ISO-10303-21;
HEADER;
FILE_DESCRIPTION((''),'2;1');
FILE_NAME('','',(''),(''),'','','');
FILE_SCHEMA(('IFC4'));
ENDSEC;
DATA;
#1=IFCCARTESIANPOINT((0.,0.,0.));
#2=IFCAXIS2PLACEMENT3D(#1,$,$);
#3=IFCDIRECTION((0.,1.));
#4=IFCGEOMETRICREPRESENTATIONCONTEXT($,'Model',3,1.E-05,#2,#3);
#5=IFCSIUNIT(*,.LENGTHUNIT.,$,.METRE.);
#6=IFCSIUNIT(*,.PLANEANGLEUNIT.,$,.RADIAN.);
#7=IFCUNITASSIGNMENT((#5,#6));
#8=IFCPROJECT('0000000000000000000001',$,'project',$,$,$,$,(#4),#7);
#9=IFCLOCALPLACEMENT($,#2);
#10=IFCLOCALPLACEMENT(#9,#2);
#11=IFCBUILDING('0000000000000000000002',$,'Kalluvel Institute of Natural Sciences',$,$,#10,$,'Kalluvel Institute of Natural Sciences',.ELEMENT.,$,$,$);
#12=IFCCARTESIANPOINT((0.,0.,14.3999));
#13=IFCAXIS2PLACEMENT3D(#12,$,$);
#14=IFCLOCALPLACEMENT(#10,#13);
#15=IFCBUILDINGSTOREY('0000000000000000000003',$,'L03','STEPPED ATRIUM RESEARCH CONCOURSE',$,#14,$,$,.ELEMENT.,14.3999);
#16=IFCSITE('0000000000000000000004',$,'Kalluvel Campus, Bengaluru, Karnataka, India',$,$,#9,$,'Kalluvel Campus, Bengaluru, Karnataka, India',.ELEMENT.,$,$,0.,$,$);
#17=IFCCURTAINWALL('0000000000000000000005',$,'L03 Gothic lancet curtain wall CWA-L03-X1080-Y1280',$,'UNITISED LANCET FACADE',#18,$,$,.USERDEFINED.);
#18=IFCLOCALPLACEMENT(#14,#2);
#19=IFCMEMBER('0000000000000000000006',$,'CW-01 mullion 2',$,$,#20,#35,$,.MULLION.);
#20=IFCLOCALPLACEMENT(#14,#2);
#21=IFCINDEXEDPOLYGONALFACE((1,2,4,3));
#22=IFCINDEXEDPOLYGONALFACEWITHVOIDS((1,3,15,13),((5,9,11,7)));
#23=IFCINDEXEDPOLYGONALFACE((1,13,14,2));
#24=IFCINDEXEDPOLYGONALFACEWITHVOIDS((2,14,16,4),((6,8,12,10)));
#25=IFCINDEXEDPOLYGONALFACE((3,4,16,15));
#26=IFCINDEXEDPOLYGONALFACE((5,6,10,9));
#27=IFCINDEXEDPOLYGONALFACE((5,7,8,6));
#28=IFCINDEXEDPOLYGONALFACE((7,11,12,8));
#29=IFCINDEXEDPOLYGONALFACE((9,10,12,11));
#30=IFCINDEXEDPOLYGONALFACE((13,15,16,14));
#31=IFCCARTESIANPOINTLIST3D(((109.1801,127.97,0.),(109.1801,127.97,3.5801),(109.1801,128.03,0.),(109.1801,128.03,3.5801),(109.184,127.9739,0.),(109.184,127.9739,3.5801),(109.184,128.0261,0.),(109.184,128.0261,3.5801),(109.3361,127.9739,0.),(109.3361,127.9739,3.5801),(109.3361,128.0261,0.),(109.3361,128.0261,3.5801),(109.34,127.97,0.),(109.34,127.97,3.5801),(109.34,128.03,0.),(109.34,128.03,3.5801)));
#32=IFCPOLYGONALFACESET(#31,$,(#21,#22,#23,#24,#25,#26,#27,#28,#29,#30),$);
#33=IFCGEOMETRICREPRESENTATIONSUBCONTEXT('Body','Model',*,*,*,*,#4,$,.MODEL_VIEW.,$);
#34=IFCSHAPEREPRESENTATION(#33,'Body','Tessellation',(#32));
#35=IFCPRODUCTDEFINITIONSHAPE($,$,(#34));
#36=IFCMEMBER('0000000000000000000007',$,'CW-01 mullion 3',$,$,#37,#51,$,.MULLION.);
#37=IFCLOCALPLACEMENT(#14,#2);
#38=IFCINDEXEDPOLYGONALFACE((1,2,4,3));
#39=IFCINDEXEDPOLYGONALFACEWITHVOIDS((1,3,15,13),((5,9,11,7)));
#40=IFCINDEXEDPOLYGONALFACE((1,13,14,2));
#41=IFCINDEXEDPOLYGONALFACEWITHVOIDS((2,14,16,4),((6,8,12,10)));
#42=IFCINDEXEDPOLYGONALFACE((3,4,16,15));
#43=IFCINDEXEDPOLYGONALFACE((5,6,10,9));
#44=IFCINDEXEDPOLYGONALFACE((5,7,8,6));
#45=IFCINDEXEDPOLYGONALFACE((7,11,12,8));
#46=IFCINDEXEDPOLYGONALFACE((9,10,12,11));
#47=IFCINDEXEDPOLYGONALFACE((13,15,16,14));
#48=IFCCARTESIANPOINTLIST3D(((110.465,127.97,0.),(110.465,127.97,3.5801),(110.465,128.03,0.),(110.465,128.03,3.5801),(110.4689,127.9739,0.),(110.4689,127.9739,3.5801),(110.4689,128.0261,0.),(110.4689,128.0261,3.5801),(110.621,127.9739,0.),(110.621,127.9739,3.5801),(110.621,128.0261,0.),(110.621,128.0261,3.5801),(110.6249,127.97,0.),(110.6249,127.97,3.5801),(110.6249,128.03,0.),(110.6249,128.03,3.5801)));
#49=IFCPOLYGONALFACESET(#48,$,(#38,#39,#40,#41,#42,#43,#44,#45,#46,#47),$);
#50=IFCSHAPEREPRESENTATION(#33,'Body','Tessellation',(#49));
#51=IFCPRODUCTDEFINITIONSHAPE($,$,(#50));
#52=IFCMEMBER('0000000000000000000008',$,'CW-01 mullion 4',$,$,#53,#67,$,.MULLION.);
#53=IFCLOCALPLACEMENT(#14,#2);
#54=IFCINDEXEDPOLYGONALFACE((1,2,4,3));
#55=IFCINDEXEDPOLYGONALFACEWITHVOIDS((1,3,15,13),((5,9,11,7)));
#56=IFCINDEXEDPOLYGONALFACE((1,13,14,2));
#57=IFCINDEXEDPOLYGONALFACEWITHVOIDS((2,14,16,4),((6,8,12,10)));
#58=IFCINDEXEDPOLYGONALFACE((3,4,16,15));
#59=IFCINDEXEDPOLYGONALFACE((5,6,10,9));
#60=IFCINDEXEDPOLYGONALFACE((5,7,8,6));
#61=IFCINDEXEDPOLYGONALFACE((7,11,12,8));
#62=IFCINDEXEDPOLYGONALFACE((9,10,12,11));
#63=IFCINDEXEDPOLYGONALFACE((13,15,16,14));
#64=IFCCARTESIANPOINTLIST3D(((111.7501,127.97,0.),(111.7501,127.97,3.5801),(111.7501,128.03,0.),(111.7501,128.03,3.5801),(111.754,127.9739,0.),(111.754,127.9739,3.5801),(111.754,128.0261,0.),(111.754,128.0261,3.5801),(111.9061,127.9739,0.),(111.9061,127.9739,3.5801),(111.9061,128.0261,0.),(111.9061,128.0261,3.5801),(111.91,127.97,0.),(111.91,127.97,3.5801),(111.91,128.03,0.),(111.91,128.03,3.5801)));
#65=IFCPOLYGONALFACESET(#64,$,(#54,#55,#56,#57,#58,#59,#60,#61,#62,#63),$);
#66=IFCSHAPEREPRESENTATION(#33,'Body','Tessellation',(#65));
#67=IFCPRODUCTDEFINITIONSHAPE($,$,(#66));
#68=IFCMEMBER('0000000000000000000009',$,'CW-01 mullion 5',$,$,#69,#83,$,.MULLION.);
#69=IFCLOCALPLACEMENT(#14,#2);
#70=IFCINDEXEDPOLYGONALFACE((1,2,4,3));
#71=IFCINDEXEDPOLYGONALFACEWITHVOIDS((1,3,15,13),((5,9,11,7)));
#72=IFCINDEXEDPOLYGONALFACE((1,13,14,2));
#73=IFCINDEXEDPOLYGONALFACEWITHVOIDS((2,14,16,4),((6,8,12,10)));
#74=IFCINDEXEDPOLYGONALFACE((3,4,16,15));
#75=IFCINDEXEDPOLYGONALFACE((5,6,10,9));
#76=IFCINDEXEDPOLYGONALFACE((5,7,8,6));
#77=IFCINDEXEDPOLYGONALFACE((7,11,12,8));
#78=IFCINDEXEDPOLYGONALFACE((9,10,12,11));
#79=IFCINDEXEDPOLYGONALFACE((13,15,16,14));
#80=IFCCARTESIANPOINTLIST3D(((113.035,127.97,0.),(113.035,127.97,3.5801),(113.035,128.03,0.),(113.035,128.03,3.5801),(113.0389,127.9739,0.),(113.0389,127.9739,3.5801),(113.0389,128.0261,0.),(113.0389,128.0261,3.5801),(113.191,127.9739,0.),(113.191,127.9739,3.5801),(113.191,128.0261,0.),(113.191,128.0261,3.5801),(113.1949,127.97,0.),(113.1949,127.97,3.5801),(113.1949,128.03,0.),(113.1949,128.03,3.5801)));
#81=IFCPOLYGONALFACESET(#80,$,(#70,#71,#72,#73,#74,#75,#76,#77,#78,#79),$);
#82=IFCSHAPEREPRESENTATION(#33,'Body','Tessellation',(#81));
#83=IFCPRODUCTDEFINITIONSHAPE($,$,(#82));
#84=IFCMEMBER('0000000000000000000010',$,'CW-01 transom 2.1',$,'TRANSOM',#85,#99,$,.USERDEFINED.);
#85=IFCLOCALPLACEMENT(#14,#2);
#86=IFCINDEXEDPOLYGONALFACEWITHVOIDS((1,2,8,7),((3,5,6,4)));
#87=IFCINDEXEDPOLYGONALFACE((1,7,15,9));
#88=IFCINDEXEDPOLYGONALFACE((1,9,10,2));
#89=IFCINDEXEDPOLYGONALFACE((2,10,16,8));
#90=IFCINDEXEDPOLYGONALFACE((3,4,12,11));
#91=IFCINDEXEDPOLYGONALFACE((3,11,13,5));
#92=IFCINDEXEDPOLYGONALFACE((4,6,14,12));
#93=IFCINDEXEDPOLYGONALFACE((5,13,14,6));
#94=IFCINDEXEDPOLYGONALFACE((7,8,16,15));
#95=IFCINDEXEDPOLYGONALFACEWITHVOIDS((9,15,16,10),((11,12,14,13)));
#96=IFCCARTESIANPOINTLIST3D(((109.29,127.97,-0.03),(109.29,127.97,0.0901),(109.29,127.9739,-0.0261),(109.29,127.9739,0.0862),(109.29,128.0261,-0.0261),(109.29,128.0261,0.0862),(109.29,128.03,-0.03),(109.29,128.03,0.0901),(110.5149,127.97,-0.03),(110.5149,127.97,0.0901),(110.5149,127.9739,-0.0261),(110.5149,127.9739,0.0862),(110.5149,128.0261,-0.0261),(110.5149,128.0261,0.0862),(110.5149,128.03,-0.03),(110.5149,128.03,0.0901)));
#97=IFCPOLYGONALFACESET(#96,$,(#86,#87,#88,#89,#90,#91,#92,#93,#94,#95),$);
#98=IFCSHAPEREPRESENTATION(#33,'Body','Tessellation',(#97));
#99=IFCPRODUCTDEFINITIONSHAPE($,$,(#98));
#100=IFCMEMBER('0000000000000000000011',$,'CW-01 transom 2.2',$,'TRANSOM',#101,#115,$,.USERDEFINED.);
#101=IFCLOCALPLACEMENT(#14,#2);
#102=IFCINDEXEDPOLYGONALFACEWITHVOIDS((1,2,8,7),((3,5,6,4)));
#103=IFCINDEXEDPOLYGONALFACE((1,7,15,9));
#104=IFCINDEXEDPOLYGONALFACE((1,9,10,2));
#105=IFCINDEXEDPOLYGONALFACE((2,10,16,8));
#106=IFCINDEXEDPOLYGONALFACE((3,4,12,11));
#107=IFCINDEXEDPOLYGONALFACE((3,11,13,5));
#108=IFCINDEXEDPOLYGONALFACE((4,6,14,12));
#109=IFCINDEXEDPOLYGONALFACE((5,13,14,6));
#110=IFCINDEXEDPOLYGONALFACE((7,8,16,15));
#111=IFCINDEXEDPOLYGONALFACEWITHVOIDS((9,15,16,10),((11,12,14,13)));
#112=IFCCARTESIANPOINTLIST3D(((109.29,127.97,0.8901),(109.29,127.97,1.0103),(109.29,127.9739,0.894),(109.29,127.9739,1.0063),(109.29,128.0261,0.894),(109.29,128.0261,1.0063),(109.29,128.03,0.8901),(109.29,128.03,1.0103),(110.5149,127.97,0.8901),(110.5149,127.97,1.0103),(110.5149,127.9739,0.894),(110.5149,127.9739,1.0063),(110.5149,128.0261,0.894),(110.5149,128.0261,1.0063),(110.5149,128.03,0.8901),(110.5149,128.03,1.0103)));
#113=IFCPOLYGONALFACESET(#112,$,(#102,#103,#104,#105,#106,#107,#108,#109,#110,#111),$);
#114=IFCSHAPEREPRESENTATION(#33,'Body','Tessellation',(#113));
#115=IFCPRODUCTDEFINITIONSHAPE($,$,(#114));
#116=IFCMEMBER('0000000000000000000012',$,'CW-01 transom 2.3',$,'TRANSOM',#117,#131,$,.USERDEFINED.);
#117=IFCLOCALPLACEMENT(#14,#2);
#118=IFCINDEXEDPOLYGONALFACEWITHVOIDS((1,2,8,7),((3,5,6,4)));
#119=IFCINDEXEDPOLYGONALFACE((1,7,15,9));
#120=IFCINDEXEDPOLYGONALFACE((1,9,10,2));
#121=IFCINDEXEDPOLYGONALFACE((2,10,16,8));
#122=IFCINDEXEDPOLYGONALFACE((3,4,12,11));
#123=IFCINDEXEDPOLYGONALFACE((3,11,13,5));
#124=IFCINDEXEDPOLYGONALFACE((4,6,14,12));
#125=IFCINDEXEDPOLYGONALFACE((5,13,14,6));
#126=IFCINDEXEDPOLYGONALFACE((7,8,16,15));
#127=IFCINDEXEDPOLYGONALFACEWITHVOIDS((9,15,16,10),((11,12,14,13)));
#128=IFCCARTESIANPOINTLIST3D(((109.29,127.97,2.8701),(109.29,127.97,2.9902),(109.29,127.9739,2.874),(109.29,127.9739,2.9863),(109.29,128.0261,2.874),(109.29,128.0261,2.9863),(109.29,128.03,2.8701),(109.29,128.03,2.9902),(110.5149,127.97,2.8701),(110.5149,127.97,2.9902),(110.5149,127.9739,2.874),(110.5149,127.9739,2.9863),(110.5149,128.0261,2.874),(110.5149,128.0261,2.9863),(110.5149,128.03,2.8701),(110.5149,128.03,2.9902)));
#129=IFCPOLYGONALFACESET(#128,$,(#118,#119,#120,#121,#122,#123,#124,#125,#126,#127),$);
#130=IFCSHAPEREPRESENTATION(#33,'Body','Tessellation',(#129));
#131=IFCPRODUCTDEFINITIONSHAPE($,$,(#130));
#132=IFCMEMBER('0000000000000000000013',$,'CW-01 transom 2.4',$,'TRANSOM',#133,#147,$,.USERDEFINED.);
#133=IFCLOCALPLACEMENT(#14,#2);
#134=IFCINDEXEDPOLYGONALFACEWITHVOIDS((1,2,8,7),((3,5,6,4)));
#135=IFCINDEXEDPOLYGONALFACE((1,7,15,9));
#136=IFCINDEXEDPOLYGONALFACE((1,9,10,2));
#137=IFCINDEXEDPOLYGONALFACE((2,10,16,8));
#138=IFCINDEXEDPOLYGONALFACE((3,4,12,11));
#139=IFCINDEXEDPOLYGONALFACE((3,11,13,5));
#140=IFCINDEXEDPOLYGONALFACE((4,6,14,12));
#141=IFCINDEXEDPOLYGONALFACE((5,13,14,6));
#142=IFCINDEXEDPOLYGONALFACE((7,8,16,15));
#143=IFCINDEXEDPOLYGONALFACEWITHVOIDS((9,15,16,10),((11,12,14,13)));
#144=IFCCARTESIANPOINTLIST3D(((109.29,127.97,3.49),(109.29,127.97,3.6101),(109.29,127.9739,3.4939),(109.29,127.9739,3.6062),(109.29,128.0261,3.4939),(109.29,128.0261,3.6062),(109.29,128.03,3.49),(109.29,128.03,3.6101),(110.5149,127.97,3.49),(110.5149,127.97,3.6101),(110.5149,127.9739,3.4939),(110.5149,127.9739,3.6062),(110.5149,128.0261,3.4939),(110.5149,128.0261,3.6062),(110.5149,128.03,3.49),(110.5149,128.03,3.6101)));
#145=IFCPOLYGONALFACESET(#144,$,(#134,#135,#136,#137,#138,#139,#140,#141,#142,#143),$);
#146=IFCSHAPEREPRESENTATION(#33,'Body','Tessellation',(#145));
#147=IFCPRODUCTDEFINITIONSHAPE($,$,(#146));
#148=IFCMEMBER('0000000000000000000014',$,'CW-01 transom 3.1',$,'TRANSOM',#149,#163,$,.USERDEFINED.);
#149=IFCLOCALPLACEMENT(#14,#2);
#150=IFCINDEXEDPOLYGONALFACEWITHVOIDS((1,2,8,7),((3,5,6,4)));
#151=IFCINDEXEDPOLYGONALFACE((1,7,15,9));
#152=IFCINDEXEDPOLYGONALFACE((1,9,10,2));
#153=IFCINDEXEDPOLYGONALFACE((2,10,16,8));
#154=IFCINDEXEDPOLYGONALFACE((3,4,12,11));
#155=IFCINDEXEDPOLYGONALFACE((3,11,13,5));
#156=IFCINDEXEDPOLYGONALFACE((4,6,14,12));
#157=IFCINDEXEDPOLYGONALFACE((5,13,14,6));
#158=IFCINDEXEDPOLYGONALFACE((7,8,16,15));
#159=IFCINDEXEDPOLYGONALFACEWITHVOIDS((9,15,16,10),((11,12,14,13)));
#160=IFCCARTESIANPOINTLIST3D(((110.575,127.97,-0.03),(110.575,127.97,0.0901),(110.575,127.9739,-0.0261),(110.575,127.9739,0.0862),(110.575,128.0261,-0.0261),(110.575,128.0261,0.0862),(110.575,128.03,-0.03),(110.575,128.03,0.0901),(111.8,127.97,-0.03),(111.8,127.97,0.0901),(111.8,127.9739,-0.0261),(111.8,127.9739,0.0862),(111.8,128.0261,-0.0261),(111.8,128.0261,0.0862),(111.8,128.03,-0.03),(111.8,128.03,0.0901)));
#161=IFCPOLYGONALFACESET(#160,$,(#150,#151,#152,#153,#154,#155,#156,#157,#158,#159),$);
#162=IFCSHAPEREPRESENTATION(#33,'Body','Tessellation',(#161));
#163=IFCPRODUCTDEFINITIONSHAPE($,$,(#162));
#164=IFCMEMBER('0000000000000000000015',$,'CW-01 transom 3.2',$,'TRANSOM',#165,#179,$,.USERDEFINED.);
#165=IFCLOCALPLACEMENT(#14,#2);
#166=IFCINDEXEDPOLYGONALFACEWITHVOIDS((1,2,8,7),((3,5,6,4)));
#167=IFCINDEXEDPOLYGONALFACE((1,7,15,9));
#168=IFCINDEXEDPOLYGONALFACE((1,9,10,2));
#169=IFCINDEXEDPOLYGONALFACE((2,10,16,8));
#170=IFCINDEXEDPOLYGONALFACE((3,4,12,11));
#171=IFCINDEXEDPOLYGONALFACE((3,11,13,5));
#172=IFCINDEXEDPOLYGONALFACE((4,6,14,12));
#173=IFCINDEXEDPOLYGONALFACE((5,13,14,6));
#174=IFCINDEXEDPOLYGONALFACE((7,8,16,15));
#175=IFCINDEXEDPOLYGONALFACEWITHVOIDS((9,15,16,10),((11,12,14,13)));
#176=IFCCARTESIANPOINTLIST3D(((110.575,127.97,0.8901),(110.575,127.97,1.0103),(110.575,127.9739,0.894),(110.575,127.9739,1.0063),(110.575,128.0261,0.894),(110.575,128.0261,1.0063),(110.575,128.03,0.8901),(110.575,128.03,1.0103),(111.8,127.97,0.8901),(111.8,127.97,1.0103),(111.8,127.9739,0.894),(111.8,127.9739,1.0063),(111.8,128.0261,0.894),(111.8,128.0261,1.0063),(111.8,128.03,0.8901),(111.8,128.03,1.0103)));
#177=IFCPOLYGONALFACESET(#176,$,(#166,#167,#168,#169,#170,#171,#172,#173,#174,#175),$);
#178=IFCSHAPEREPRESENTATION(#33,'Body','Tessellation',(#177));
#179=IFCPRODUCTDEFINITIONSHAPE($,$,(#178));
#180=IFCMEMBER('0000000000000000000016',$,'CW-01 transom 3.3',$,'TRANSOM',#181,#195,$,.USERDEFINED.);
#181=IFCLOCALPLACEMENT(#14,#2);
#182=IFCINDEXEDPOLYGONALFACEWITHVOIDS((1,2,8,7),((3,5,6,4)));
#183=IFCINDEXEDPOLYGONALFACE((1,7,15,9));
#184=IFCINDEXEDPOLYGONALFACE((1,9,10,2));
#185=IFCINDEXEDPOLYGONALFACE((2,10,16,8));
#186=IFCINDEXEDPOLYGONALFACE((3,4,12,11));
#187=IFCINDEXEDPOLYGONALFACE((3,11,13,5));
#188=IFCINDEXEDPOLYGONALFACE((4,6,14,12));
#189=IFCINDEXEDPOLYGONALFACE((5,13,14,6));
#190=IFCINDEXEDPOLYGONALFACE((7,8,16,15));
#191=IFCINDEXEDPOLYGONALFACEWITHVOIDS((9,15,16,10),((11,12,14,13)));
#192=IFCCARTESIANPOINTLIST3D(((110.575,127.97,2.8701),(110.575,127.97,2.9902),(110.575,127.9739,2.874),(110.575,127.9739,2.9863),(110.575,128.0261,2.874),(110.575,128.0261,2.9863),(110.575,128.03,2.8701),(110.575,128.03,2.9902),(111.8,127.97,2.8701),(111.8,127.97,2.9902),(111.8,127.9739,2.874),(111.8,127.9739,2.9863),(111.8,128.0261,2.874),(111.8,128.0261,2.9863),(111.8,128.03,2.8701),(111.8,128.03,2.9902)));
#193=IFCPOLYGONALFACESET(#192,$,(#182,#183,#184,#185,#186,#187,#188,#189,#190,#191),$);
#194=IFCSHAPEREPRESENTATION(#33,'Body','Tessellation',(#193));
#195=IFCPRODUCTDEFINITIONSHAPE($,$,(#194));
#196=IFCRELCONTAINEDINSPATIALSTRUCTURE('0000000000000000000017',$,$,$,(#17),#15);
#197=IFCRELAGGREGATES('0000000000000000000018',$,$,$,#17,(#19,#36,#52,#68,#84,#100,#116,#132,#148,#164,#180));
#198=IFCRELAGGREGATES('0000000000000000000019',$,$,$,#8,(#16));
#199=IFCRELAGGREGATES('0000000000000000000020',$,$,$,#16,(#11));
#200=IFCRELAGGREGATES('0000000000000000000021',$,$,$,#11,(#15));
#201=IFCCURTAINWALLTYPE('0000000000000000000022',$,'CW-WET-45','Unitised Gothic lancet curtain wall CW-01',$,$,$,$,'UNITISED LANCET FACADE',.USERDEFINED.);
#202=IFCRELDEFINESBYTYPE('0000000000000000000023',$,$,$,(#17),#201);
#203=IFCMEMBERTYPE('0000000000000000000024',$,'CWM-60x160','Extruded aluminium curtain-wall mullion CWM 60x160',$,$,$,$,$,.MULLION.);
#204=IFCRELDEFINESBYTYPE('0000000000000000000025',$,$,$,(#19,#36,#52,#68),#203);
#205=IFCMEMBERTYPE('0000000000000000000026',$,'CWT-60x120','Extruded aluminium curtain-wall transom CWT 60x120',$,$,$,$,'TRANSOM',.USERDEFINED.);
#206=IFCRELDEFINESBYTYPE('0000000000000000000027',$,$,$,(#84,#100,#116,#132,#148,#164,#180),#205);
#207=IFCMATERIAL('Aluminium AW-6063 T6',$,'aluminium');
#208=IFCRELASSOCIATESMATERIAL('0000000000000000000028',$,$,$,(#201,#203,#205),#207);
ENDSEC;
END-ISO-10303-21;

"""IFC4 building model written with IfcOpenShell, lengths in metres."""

from ifc_helpers import new_model, si_unit, direction, frame, origin, origin_2d, place, context, subcontext, project, spatial, hollow_rectangle, extrude, material, material_profile, profile_set, type_object, element, aggregate, save


model = new_model("IFC4")

# Units and contexts
model_context = context("Model", 3, precision=1e-05, world=origin(), true_north=direction((0.0, 1.0)))
body_context = subcontext(model_context, "Body", "Model", "MODEL_VIEW")
ifc_project = project(units=[si_unit("LENGTHUNIT", "METRE"), si_unit("PLANEANGLEUNIT", "RADIAN")], contexts=[model_context])

# Site, building, storey
site_placement = place(None, origin())
site = spatial("IfcSite", under=ifc_project, at=site_placement, Name="Kalluvel Campus, Bengaluru, Karnataka, India", LongName="Kalluvel Campus, Bengaluru, Karnataka, India", CompositionType="ELEMENT", RefElevation=0.0)
building_placement = place(site_placement, origin())
building = spatial("IfcBuilding", under=site, at=building_placement, Name="Kalluvel Institute of Natural Sciences", LongName="Kalluvel Institute of Natural Sciences", CompositionType="ELEMENT")
storey_placement = place(building_placement, frame((0.0, 0.0, 14.3999)))
storey = spatial("IfcBuildingStorey", under=building, at=storey_placement, Name="L03", Description="STEPPED ATRIUM RESEARCH CONCOURSE", CompositionType="ELEMENT", Elevation=14.3999)

# Curtain wall, members
ifc_material_1 = material(Name="Aluminium AW-6063 T6", Category="aluminium")
curtain_wall_type = type_object("IfcCurtainWallType", Name="CW-WET-45", Description="Unitised Gothic lancet curtain wall CW-01", ElementType="UNITISED LANCET FACADE", PredefinedType="USERDEFINED", material=ifc_material_1)
curtain_wall_placement = place(storey_placement, origin())
curtain_wall = element("IfcCurtainWall", 1, at=curtain_wall_placement, inside=storey, type_object=curtain_wall_type, Name="L03 Gothic lancet curtain wall CWA-L03-X1080-Y1280", ObjectType="UNITISED LANCET FACADE", PredefinedType="USERDEFINED")
ifc_material_profile_1 = material_profile(ifc_material_1, hollow_rectangle(XDim=0.0601, YDim=0.1599, WallThickness=0.0039, at=origin_2d()), Name="CWM 60x160")
ifc_profile_set_1 = profile_set([ifc_material_profile_1], Name="Aluminium AW-6063 T6")
member_type_1 = type_object("IfcMemberType", Name="CWM-60x160", Description="Extruded aluminium curtain-wall mullion CWM 60x160", PredefinedType="MULLION", material=ifc_profile_set_1)
member_1_placement = place(storey_placement, frame((109.26, 128.0, 0.0), z_axis=(0.0, 0.0, 1.0), x_axis=(0.0, 1.0, 0.0)))
member_1 = element("IfcMember", 2, at=member_1_placement, type_object=member_type_1, Name="CW-01 mullion 2", PredefinedType="MULLION", context=body_context, shape_type="SweptSolid", body=[
    extrude(hollow_rectangle(XDim=0.0601, YDim=0.1599, WallThickness=0.0039, at=origin_2d()), origin(), (0.0, 0.0, 1.0), 3.5801),
])
member_2_placement = place(storey_placement, frame((110.5449, 128.0, 0.0), z_axis=(0.0, 0.0, 1.0), x_axis=(0.0, 1.0, 0.0)))
member_2 = element("IfcMember", 3, at=member_2_placement, type_object=member_type_1, Name="CW-01 mullion 3", PredefinedType="MULLION", context=body_context, shape_type="SweptSolid", body=[
    extrude(hollow_rectangle(XDim=0.0601, YDim=0.1599, WallThickness=0.0039, at=origin_2d()), origin(), (0.0, 0.0, 1.0), 3.5801),
])
member_3_placement = place(storey_placement, frame((111.8301, 128.0, 0.0), z_axis=(0.0, 0.0, 1.0), x_axis=(0.0, 1.0, 0.0)))
member_3 = element("IfcMember", 4, at=member_3_placement, type_object=member_type_1, Name="CW-01 mullion 4", PredefinedType="MULLION", context=body_context, shape_type="SweptSolid", body=[
    extrude(hollow_rectangle(XDim=0.0601, YDim=0.1599, WallThickness=0.0039, at=origin_2d()), origin(), (0.0, 0.0, 1.0), 3.5801),
])
member_4_placement = place(storey_placement, frame((113.115, 128.0, 0.0), z_axis=(0.0, 0.0, 1.0), x_axis=(0.0, 1.0, 0.0)))
member_4 = element("IfcMember", 5, at=member_4_placement, type_object=member_type_1, Name="CW-01 mullion 5", PredefinedType="MULLION", context=body_context, shape_type="SweptSolid", body=[
    extrude(hollow_rectangle(XDim=0.0601, YDim=0.1599, WallThickness=0.0039, at=origin_2d()), origin(), (0.0, 0.0, 1.0), 3.5801),
])
ifc_material_profile_2 = material_profile(ifc_material_1, hollow_rectangle(XDim=0.0601, YDim=0.1201, WallThickness=0.0039, at=origin_2d()), Name="CWT 60x120")
ifc_profile_set_2 = profile_set([ifc_material_profile_2], Name="Aluminium AW-6063 T6")
member_type_2 = type_object("IfcMemberType", Name="CWT-60x120", Description="Extruded aluminium curtain-wall transom CWT 60x120", ElementType="TRANSOM", PredefinedType="USERDEFINED", material=ifc_profile_set_2)
member_5_placement = place(storey_placement, frame((109.29, 128.0, 0.03), z_axis=(1.0, 0.0, 0.0), x_axis=(0.0, 1.0, 0.0)))
member_5 = element("IfcMember", 6, at=member_5_placement, type_object=member_type_2, Name="CW-01 transom 2.1", ObjectType="TRANSOM", PredefinedType="USERDEFINED", context=body_context, shape_type="SweptSolid", body=[
    extrude(hollow_rectangle(XDim=0.0601, YDim=0.1201, WallThickness=0.0039, at=origin_2d()), origin(), (0.0, 0.0, 1.0), 1.2249),
])
member_6_placement = place(storey_placement, frame((109.29, 128.0, 0.9502), z_axis=(1.0, 0.0, 0.0), x_axis=(0.0, 1.0, 0.0)))
member_6 = element("IfcMember", 7, at=member_6_placement, type_object=member_type_2, Name="CW-01 transom 2.2", ObjectType="TRANSOM", PredefinedType="USERDEFINED", context=body_context, shape_type="SweptSolid", body=[
    extrude(hollow_rectangle(XDim=0.0601, YDim=0.1201, WallThickness=0.0039, at=origin_2d()), origin(), (0.0, 0.0, 1.0), 1.2249),
])
member_7_placement = place(storey_placement, frame((109.29, 128.0, 2.9302), z_axis=(1.0, 0.0, 0.0), x_axis=(0.0, 1.0, 0.0)))
member_7 = element("IfcMember", 8, at=member_7_placement, type_object=member_type_2, Name="CW-01 transom 2.3", ObjectType="TRANSOM", PredefinedType="USERDEFINED", context=body_context, shape_type="SweptSolid", body=[
    extrude(hollow_rectangle(XDim=0.0601, YDim=0.1201, WallThickness=0.0039, at=origin_2d()), origin(), (0.0, 0.0, 1.0), 1.2249),
])
member_8_placement = place(storey_placement, frame((109.29, 128.0, 3.55), z_axis=(1.0, 0.0, 0.0), x_axis=(0.0, 1.0, 0.0)))
member_8 = element("IfcMember", 9, at=member_8_placement, type_object=member_type_2, Name="CW-01 transom 2.4", ObjectType="TRANSOM", PredefinedType="USERDEFINED", context=body_context, shape_type="SweptSolid", body=[
    extrude(hollow_rectangle(XDim=0.0601, YDim=0.1201, WallThickness=0.0039, at=origin_2d()), origin(), (0.0, 0.0, 1.0), 1.2249),
])
member_9_placement = place(storey_placement, frame((110.575, 128.0, 0.03), z_axis=(1.0, 0.0, 0.0), x_axis=(0.0, 1.0, 0.0)))
member_9 = element("IfcMember", 10, at=member_9_placement, type_object=member_type_2, Name="CW-01 transom 3.1", ObjectType="TRANSOM", PredefinedType="USERDEFINED", context=body_context, shape_type="SweptSolid", body=[
    extrude(hollow_rectangle(XDim=0.0601, YDim=0.1201, WallThickness=0.0039, at=origin_2d()), origin(), (0.0, 0.0, 1.0), 1.2251),
])
member_10_placement = place(storey_placement, frame((110.575, 128.0, 0.9502), z_axis=(1.0, 0.0, 0.0), x_axis=(0.0, 1.0, 0.0)))
member_10 = element("IfcMember", 11, at=member_10_placement, type_object=member_type_2, Name="CW-01 transom 3.2", ObjectType="TRANSOM", PredefinedType="USERDEFINED", context=body_context, shape_type="SweptSolid", body=[
    extrude(hollow_rectangle(XDim=0.0601, YDim=0.1201, WallThickness=0.0039, at=origin_2d()), origin(), (0.0, 0.0, 1.0), 1.2251),
])
member_11_placement = place(storey_placement, frame((110.575, 128.0, 2.9302), z_axis=(1.0, 0.0, 0.0), x_axis=(0.0, 1.0, 0.0)))
member_11 = element("IfcMember", 12, at=member_11_placement, type_object=member_type_2, Name="CW-01 transom 3.3", ObjectType="TRANSOM", PredefinedType="USERDEFINED", context=body_context, shape_type="SweptSolid", body=[
    extrude(hollow_rectangle(XDim=0.0601, YDim=0.1201, WallThickness=0.0039, at=origin_2d()), origin(), (0.0, 0.0, 1.0), 1.2251),
])
aggregate(curtain_wall, [member_1, member_2, member_3, member_4, member_5, member_6, member_7, member_8, member_9, member_10, member_11])

save(model, "model.ifc")
